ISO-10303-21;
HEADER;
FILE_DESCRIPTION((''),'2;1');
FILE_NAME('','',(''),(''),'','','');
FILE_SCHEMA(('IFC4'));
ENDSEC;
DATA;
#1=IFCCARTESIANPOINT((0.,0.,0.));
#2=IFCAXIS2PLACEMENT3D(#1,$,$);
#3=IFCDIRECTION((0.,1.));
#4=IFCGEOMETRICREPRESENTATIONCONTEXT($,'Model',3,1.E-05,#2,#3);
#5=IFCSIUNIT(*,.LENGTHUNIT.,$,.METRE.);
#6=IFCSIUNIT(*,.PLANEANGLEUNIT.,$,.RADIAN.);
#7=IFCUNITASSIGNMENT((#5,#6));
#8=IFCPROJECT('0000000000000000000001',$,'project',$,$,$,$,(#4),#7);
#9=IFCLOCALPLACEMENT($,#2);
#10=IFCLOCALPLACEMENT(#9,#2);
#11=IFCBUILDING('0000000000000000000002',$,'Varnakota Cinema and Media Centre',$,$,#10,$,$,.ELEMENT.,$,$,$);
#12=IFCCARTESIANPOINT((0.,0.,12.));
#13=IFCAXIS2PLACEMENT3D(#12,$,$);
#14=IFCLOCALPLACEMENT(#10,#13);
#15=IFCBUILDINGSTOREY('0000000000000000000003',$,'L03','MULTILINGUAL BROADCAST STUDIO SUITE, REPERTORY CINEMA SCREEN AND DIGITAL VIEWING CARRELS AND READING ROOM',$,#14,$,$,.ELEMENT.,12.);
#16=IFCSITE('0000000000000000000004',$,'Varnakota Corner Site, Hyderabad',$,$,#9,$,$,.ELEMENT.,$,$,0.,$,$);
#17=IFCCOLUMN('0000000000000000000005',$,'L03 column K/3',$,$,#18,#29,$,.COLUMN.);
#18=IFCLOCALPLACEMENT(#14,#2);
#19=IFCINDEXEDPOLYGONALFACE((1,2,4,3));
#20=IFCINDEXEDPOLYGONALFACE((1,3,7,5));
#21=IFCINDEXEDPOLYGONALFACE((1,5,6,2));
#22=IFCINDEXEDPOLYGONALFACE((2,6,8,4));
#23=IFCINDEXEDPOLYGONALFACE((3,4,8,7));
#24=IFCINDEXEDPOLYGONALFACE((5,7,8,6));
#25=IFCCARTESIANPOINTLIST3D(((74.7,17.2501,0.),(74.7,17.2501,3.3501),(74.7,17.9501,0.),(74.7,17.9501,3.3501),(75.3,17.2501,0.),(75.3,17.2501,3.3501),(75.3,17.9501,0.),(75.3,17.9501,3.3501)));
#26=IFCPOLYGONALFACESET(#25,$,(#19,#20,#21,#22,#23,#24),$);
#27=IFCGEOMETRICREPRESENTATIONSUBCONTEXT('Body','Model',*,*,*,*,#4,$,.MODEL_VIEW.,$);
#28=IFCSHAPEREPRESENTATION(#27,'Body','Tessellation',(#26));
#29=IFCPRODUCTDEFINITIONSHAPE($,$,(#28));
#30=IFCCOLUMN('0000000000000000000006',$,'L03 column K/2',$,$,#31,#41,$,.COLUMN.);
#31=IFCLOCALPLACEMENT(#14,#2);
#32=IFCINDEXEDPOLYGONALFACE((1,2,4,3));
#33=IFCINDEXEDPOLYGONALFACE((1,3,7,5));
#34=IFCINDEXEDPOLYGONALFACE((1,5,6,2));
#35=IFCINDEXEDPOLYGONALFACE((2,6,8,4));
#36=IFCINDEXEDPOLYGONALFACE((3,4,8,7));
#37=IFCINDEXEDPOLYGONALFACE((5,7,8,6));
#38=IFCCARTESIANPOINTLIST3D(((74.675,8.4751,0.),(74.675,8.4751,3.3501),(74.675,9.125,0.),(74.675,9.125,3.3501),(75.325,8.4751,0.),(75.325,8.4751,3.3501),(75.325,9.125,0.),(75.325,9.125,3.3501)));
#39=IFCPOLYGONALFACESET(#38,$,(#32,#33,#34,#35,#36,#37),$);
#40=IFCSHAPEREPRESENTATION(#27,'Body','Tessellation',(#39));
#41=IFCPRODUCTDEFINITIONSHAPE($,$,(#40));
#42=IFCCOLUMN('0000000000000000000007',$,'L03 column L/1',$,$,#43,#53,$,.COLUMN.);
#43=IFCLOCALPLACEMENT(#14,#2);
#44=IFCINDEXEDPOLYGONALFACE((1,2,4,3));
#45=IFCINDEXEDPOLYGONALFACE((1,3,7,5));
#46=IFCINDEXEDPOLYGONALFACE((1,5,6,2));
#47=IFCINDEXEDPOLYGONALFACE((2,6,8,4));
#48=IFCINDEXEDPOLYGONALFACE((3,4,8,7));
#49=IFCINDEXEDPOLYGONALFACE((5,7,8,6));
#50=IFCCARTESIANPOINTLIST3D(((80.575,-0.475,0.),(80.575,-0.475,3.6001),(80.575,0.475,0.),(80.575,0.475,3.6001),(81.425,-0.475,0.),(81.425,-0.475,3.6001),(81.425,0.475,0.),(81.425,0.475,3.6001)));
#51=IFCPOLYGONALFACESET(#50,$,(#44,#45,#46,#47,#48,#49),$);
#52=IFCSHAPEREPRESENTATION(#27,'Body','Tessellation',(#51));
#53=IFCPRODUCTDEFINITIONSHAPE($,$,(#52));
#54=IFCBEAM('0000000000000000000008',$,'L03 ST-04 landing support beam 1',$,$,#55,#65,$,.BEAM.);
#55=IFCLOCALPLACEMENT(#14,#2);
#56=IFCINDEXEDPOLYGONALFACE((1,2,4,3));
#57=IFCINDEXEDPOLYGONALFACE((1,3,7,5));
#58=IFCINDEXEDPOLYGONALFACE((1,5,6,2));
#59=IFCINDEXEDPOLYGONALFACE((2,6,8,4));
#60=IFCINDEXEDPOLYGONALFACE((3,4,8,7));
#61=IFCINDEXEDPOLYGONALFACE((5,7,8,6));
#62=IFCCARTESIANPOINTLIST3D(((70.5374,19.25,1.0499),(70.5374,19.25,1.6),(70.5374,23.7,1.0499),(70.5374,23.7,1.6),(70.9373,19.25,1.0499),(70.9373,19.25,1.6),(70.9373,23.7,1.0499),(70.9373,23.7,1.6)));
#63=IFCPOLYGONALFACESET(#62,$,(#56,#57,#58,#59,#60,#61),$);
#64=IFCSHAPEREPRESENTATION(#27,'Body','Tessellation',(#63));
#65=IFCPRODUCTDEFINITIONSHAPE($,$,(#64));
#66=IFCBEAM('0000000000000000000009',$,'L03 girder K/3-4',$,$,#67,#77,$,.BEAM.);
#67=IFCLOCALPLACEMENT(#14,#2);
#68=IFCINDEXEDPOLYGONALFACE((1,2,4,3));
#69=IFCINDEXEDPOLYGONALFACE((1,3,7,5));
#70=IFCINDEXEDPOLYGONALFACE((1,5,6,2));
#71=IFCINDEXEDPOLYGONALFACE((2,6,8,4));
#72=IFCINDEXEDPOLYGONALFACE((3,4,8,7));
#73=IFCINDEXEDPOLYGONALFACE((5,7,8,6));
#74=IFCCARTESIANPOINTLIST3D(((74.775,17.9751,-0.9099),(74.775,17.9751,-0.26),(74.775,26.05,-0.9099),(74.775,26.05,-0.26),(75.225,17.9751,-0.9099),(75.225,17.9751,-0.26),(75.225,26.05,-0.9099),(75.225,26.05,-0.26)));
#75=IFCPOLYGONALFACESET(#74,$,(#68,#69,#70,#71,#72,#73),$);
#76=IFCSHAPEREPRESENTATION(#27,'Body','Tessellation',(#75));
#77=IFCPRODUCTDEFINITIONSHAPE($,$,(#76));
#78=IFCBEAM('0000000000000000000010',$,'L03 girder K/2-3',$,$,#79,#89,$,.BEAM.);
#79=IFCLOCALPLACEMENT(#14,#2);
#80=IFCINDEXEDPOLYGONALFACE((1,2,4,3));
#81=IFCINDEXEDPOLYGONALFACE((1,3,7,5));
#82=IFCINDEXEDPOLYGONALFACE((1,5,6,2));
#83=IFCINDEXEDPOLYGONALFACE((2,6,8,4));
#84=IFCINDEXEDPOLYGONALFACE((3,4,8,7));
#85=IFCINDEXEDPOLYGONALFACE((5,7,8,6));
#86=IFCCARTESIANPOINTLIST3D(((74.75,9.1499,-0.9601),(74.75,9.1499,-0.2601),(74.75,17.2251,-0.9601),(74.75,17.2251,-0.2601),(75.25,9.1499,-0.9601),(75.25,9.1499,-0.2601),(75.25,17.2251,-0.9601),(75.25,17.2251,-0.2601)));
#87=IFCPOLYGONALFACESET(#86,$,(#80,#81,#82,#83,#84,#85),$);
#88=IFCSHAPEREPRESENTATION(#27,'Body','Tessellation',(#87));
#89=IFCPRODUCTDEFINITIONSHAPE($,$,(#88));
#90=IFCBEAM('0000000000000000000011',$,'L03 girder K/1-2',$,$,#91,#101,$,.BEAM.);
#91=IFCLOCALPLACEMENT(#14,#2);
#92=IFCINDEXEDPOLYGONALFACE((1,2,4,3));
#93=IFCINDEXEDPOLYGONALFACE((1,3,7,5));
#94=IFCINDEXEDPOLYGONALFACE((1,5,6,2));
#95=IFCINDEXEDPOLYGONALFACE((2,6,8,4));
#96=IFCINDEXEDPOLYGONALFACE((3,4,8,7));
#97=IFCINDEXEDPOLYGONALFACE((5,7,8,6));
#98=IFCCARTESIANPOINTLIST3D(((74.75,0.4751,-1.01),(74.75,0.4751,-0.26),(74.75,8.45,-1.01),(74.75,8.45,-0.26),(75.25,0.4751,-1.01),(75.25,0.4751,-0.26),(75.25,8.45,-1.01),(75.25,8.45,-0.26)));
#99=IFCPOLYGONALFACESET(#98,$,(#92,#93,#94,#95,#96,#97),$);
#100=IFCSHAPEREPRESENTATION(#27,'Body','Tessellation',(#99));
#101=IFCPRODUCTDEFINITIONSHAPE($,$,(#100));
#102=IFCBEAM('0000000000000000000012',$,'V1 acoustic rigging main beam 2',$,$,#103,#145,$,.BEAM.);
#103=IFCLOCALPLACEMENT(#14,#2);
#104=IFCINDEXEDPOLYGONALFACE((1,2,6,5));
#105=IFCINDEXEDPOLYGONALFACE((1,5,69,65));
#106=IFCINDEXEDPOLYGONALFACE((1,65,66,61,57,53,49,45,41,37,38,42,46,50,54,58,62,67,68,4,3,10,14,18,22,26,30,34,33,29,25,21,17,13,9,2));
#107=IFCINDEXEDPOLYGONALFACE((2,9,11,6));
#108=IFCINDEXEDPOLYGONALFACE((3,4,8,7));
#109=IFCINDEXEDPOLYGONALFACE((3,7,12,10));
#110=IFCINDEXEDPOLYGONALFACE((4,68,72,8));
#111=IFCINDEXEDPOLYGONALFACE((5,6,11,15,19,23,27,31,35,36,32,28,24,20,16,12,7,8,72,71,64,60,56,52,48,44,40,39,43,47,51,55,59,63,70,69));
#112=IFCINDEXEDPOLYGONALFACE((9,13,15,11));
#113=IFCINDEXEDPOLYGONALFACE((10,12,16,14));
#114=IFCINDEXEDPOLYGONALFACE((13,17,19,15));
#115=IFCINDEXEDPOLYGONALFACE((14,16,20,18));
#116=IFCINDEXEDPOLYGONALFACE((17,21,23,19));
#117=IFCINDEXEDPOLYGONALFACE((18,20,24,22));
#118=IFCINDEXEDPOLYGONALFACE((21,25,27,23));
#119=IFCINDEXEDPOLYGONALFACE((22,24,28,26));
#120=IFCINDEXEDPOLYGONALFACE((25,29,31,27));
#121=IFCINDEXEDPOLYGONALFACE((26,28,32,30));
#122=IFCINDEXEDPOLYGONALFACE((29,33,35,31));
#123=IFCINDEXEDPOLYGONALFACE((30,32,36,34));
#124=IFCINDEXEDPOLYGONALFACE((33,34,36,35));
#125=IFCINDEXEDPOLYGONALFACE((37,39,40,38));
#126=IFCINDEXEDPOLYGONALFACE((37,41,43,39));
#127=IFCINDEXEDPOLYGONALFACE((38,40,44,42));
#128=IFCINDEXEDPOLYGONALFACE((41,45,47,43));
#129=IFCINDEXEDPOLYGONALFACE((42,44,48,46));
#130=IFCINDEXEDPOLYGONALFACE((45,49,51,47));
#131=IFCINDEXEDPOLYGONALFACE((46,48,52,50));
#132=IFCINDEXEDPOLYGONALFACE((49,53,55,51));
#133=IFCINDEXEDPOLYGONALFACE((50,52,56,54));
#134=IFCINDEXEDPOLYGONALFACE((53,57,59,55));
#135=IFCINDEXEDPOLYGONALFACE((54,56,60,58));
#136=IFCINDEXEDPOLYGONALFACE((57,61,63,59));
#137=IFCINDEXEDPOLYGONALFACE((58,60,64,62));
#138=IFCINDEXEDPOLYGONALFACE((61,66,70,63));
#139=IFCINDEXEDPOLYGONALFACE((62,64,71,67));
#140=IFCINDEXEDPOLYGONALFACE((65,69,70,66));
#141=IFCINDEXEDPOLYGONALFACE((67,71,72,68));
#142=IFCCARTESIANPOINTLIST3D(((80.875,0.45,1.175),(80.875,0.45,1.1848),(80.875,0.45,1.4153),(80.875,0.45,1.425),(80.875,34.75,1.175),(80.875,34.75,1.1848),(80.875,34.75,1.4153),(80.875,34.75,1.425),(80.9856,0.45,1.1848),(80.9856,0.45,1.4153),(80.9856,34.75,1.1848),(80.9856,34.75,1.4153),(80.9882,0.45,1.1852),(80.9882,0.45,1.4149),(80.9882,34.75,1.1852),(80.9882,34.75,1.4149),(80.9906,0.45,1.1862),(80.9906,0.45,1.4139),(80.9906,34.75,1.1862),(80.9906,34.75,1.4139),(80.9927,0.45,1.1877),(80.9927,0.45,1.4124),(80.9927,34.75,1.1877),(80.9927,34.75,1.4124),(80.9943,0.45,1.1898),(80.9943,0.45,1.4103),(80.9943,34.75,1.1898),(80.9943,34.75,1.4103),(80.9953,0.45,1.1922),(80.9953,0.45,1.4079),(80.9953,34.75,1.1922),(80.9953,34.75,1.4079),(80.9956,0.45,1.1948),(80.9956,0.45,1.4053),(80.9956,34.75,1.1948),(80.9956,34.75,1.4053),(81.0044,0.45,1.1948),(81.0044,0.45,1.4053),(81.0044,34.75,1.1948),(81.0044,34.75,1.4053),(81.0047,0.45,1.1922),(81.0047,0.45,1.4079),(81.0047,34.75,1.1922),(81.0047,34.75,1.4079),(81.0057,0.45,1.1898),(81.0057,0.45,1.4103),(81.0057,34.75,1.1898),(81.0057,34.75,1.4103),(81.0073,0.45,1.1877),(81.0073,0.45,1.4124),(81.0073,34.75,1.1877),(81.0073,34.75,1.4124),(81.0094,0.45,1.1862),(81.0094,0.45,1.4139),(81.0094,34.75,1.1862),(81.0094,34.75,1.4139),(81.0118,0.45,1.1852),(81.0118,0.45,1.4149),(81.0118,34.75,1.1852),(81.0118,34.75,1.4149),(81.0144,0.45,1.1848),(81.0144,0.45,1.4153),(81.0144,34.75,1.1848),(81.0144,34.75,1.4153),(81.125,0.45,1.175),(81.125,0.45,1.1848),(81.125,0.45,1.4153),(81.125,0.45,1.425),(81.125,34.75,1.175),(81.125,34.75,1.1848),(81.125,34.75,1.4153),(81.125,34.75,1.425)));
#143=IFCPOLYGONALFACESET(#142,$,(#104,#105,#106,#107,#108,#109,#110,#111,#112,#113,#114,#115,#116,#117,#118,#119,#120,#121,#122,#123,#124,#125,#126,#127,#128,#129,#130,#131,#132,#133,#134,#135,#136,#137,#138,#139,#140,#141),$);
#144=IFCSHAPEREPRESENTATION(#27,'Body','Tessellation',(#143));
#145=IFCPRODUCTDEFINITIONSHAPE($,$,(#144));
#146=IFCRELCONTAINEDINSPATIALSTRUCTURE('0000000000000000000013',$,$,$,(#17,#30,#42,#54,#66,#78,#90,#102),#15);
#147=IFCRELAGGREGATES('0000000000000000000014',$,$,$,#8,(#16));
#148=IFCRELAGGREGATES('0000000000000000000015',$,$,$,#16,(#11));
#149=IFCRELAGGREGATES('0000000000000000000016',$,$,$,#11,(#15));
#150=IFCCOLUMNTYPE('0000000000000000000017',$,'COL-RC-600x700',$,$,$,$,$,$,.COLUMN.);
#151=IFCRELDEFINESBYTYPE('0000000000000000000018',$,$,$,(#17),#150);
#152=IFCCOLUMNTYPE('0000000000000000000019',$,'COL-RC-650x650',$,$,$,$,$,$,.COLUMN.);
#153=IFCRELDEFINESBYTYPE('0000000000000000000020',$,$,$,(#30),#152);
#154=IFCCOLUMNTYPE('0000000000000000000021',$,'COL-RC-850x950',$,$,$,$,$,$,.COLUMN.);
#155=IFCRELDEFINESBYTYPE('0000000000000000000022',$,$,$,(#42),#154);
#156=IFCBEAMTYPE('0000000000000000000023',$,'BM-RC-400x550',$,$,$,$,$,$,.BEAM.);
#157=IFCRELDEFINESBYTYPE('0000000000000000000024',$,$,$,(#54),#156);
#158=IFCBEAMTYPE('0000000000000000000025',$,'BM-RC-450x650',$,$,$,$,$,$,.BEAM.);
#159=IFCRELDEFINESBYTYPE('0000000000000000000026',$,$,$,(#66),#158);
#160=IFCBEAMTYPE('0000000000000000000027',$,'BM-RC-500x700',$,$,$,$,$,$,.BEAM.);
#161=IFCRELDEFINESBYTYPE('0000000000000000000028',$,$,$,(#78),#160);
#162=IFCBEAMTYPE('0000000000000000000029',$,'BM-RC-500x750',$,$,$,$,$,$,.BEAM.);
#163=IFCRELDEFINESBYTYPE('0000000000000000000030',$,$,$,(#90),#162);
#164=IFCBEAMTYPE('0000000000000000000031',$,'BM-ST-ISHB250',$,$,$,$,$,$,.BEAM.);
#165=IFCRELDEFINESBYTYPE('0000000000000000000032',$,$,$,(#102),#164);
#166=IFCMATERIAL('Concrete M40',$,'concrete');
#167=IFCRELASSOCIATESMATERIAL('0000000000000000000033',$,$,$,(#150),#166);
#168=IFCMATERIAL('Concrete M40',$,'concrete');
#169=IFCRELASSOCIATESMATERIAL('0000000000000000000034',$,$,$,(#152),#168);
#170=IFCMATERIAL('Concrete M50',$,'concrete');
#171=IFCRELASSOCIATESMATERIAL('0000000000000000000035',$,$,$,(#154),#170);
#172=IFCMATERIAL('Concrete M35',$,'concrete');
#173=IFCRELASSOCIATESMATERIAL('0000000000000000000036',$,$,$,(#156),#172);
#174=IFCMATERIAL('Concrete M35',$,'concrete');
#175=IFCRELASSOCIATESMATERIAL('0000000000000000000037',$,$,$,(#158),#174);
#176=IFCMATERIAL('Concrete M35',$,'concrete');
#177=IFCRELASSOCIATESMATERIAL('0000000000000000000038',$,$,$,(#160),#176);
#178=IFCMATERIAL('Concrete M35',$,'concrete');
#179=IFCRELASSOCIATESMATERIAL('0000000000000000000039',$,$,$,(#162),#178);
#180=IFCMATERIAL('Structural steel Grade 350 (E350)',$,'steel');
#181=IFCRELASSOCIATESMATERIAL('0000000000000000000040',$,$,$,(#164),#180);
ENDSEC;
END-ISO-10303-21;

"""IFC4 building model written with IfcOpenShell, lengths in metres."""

from ifc_helpers import new_model, si_unit, direction, frame, origin, origin_2d, place, context, subcontext, project, spatial, rectangle, i_section, extrude, material, material_profile, profile_set, type_object, element, save


model = new_model("IFC4")

# Units and contexts
model_context = context("Model", 3, precision=1e-05, world=origin(), true_north=direction((0.0, 1.0)))
body_context = subcontext(model_context, "Body", "Model", "MODEL_VIEW")
ifc_project = project(units=[si_unit("LENGTHUNIT", "METRE"), si_unit("PLANEANGLEUNIT", "RADIAN")], contexts=[model_context])

# Site, building, storey
site_placement = place(None, origin())
site = spatial("IfcSite", under=ifc_project, at=site_placement, Name="Varnakota Corner Site, Hyderabad", CompositionType="ELEMENT", RefElevation=0.0)
building_placement = place(site_placement, origin())
building = spatial("IfcBuilding", under=site, at=building_placement, Name="Varnakota Cinema and Media Centre", CompositionType="ELEMENT")
storey_placement = place(building_placement, frame((0.0, 0.0, 12.0)))
storey = spatial("IfcBuildingStorey", under=building, at=storey_placement, Name="L03", Description="MULTILINGUAL BROADCAST STUDIO SUITE, REPERTORY CINEMA SCREEN AND DIGITAL VIEWING CARRELS AND READING ROOM", CompositionType="ELEMENT", Elevation=12.0)

# Columns
ifc_material_1 = material(Name="Concrete M40", Category="concrete")
ifc_material_profile_1 = material_profile(ifc_material_1, rectangle(XDim=0.6001, YDim=0.7, at=origin_2d()), Name="RC 600x700")
ifc_profile_set_1 = profile_set([ifc_material_profile_1], Name="Concrete M40")
column_type_1 = type_object("IfcColumnType", Name="COL-RC-600x700", PredefinedType="COLUMN", material=ifc_profile_set_1)
column_1_placement = place(storey_placement, frame((75.0, 17.6001, 0.0), z_axis=(0.0, 0.0, 1.0), x_axis=(1.0, 0.0, 0.0)))
element("IfcColumn", 1, at=column_1_placement, inside=storey, type_object=column_type_1, Name="L03 column K/3", PredefinedType="COLUMN", context=body_context, shape_type="SweptSolid", body=[
    extrude(rectangle(XDim=0.6001, YDim=0.7, at=origin_2d()), origin(), (0.0, 0.0, 1.0), 3.3501),
])
ifc_material_2 = material(Name="Concrete M40", Category="concrete")
ifc_material_profile_2 = material_profile(ifc_material_2, rectangle(XDim=0.6499, YDim=0.6499, at=origin_2d()), Name="RC 650x650")
ifc_profile_set_2 = profile_set([ifc_material_profile_2], Name="Concrete M40")
column_type_2 = type_object("IfcColumnType", Name="COL-RC-650x650", PredefinedType="COLUMN", material=ifc_profile_set_2)
column_2_placement = place(storey_placement, frame((75.0, 8.8, 0.0), z_axis=(0.0, 0.0, 1.0), x_axis=(1.0, 0.0, 0.0)))
element("IfcColumn", 2, at=column_2_placement, inside=storey, type_object=column_type_2, Name="L03 column K/2", PredefinedType="COLUMN", context=body_context, shape_type="SweptSolid", body=[
    extrude(rectangle(XDim=0.6499, YDim=0.6499, at=origin_2d()), origin(), (0.0, 0.0, 1.0), 3.3501),
])
ifc_material_3 = material(Name="Concrete M50", Category="concrete")
ifc_material_profile_3 = material_profile(ifc_material_3, rectangle(XDim=0.8501, YDim=0.95, at=origin_2d()), Name="RC 850x950")
ifc_profile_set_3 = profile_set([ifc_material_profile_3], Name="Concrete M50")
column_type_3 = type_object("IfcColumnType", Name="COL-RC-850x950", PredefinedType="COLUMN", material=ifc_profile_set_3)
column_3_placement = place(storey_placement, frame((81.0, 0.0, 0.0), z_axis=(0.0, 0.0, 1.0), x_axis=(1.0, 0.0, 0.0)))
element("IfcColumn", 3, at=column_3_placement, inside=storey, type_object=column_type_3, Name="L03 column L/1", PredefinedType="COLUMN", context=body_context, shape_type="SweptSolid", body=[
    extrude(rectangle(XDim=0.8501, YDim=0.95, at=origin_2d()), origin(), (0.0, 0.0, 1.0), 3.6001),
])

# Beams
ifc_material_4 = material(Name="Concrete M35", Category="concrete")
ifc_material_profile_4 = material_profile(ifc_material_4, rectangle(XDim=0.3999, YDim=0.55, at=origin_2d()), Name="RCB 400x550")
ifc_profile_set_4 = profile_set([ifc_material_profile_4], Name="Concrete M35")
beam_type_1 = type_object("IfcBeamType", Name="BM-RC-400x550", PredefinedType="BEAM", material=ifc_profile_set_4)
beam_1_placement = place(storey_placement, frame((70.7373, 19.25, 1.325), z_axis=(0.0, 1.0, 0.0), x_axis=(-1.0, 0.0, 0.0)))
element("IfcBeam", 4, at=beam_1_placement, inside=storey, type_object=beam_type_1, Name="L03 ST-04 landing support beam 1", PredefinedType="BEAM", context=body_context, shape_type="SweptSolid", body=[
    extrude(rectangle(XDim=0.3999, YDim=0.55, at=origin_2d()), origin(), (0.0, 0.0, 1.0), 4.45),
])
ifc_material_5 = material(Name="Concrete M35", Category="concrete")
ifc_material_profile_5 = material_profile(ifc_material_5, rectangle(XDim=0.45, YDim=0.6499, at=origin_2d()), Name="RCB 450x650")
ifc_profile_set_5 = profile_set([ifc_material_profile_5], Name="Concrete M35")
beam_type_2 = type_object("IfcBeamType", Name="BM-RC-450x650", PredefinedType="BEAM", material=ifc_profile_set_5)
beam_2_placement = place(storey_placement, frame((75.0, 17.9751, -0.585), z_axis=(0.0, 1.0, 0.0), x_axis=(-1.0, 0.0, 0.0)))
element("IfcBeam", 5, at=beam_2_placement, inside=storey, type_object=beam_type_2, Name="L03 girder K/3-4", PredefinedType="BEAM", context=body_context, shape_type="SweptSolid", body=[
    extrude(rectangle(XDim=0.45, YDim=0.6499, at=origin_2d()), origin(), (0.0, 0.0, 1.0), 8.075),
])
ifc_material_6 = material(Name="Concrete M35", Category="concrete")
ifc_material_profile_6 = material_profile(ifc_material_6, rectangle(XDim=0.5, YDim=0.7, at=origin_2d()), Name="RCB 500x700")
ifc_profile_set_6 = profile_set([ifc_material_profile_6], Name="Concrete M35")
beam_type_3 = type_object("IfcBeamType", Name="BM-RC-500x700", PredefinedType="BEAM", material=ifc_profile_set_6)
beam_3_placement = place(storey_placement, frame((75.0, 9.1499, -0.6101), z_axis=(0.0, 1.0, 0.0), x_axis=(-1.0, 0.0, 0.0)))
element("IfcBeam", 6, at=beam_3_placement, inside=storey, type_object=beam_type_3, Name="L03 girder K/2-3", PredefinedType="BEAM", context=body_context, shape_type="SweptSolid", body=[
    extrude(rectangle(XDim=0.5, YDim=0.7, at=origin_2d()), origin(), (0.0, 0.0, 1.0), 8.0752),
])
ifc_material_7 = material(Name="Concrete M35", Category="concrete")
ifc_material_profile_7 = material_profile(ifc_material_7, rectangle(XDim=0.5, YDim=0.75, at=origin_2d()), Name="RCB 500x750")
ifc_profile_set_7 = profile_set([ifc_material_profile_7], Name="Concrete M35")
beam_type_4 = type_object("IfcBeamType", Name="BM-RC-500x750", PredefinedType="BEAM", material=ifc_profile_set_7)
beam_4_placement = place(storey_placement, frame((75.0, 0.4751, -0.635), z_axis=(0.0, 1.0, 0.0), x_axis=(-1.0, 0.0, 0.0)))
element("IfcBeam", 7, at=beam_4_placement, inside=storey, type_object=beam_type_4, Name="L03 girder K/1-2", PredefinedType="BEAM", context=body_context, shape_type="SweptSolid", body=[
    extrude(rectangle(XDim=0.5, YDim=0.75, at=origin_2d()), origin(), (0.0, 0.0, 1.0), 7.9749),
])
ifc_material_8 = material(Name="Structural steel Grade 350 (E350)", Category="steel")
ifc_material_profile_8 = material_profile(ifc_material_8, i_section(OverallWidth=0.25, OverallDepth=0.25, WebThickness=0.0088, FlangeThickness=0.0098, FilletRadius=0.01, at=origin_2d()), Name="ISHB 250")
ifc_profile_set_8 = profile_set([ifc_material_profile_8], Name="Structural steel Grade 350 (E350)")
beam_type_5 = type_object("IfcBeamType", Name="BM-ST-ISHB250", PredefinedType="BEAM", material=ifc_profile_set_8)
beam_5_placement = place(storey_placement, frame((81.0, 0.45, 1.3), z_axis=(0.0, 1.0, 0.0), x_axis=(-1.0, 0.0, 0.0)))
element("IfcBeam", 8, at=beam_5_placement, inside=storey, type_object=beam_type_5, Name="V1 acoustic rigging main beam 2", PredefinedType="BEAM", context=body_context, shape_type="SweptSolid", body=[
    extrude(i_section(OverallWidth=0.25, OverallDepth=0.25, WebThickness=0.0088, FlangeThickness=0.0098, FilletRadius=0.01, at=origin_2d()), origin(), (0.0, 0.0, 1.0), 34.3),
])

save(model, "model.ifc")
